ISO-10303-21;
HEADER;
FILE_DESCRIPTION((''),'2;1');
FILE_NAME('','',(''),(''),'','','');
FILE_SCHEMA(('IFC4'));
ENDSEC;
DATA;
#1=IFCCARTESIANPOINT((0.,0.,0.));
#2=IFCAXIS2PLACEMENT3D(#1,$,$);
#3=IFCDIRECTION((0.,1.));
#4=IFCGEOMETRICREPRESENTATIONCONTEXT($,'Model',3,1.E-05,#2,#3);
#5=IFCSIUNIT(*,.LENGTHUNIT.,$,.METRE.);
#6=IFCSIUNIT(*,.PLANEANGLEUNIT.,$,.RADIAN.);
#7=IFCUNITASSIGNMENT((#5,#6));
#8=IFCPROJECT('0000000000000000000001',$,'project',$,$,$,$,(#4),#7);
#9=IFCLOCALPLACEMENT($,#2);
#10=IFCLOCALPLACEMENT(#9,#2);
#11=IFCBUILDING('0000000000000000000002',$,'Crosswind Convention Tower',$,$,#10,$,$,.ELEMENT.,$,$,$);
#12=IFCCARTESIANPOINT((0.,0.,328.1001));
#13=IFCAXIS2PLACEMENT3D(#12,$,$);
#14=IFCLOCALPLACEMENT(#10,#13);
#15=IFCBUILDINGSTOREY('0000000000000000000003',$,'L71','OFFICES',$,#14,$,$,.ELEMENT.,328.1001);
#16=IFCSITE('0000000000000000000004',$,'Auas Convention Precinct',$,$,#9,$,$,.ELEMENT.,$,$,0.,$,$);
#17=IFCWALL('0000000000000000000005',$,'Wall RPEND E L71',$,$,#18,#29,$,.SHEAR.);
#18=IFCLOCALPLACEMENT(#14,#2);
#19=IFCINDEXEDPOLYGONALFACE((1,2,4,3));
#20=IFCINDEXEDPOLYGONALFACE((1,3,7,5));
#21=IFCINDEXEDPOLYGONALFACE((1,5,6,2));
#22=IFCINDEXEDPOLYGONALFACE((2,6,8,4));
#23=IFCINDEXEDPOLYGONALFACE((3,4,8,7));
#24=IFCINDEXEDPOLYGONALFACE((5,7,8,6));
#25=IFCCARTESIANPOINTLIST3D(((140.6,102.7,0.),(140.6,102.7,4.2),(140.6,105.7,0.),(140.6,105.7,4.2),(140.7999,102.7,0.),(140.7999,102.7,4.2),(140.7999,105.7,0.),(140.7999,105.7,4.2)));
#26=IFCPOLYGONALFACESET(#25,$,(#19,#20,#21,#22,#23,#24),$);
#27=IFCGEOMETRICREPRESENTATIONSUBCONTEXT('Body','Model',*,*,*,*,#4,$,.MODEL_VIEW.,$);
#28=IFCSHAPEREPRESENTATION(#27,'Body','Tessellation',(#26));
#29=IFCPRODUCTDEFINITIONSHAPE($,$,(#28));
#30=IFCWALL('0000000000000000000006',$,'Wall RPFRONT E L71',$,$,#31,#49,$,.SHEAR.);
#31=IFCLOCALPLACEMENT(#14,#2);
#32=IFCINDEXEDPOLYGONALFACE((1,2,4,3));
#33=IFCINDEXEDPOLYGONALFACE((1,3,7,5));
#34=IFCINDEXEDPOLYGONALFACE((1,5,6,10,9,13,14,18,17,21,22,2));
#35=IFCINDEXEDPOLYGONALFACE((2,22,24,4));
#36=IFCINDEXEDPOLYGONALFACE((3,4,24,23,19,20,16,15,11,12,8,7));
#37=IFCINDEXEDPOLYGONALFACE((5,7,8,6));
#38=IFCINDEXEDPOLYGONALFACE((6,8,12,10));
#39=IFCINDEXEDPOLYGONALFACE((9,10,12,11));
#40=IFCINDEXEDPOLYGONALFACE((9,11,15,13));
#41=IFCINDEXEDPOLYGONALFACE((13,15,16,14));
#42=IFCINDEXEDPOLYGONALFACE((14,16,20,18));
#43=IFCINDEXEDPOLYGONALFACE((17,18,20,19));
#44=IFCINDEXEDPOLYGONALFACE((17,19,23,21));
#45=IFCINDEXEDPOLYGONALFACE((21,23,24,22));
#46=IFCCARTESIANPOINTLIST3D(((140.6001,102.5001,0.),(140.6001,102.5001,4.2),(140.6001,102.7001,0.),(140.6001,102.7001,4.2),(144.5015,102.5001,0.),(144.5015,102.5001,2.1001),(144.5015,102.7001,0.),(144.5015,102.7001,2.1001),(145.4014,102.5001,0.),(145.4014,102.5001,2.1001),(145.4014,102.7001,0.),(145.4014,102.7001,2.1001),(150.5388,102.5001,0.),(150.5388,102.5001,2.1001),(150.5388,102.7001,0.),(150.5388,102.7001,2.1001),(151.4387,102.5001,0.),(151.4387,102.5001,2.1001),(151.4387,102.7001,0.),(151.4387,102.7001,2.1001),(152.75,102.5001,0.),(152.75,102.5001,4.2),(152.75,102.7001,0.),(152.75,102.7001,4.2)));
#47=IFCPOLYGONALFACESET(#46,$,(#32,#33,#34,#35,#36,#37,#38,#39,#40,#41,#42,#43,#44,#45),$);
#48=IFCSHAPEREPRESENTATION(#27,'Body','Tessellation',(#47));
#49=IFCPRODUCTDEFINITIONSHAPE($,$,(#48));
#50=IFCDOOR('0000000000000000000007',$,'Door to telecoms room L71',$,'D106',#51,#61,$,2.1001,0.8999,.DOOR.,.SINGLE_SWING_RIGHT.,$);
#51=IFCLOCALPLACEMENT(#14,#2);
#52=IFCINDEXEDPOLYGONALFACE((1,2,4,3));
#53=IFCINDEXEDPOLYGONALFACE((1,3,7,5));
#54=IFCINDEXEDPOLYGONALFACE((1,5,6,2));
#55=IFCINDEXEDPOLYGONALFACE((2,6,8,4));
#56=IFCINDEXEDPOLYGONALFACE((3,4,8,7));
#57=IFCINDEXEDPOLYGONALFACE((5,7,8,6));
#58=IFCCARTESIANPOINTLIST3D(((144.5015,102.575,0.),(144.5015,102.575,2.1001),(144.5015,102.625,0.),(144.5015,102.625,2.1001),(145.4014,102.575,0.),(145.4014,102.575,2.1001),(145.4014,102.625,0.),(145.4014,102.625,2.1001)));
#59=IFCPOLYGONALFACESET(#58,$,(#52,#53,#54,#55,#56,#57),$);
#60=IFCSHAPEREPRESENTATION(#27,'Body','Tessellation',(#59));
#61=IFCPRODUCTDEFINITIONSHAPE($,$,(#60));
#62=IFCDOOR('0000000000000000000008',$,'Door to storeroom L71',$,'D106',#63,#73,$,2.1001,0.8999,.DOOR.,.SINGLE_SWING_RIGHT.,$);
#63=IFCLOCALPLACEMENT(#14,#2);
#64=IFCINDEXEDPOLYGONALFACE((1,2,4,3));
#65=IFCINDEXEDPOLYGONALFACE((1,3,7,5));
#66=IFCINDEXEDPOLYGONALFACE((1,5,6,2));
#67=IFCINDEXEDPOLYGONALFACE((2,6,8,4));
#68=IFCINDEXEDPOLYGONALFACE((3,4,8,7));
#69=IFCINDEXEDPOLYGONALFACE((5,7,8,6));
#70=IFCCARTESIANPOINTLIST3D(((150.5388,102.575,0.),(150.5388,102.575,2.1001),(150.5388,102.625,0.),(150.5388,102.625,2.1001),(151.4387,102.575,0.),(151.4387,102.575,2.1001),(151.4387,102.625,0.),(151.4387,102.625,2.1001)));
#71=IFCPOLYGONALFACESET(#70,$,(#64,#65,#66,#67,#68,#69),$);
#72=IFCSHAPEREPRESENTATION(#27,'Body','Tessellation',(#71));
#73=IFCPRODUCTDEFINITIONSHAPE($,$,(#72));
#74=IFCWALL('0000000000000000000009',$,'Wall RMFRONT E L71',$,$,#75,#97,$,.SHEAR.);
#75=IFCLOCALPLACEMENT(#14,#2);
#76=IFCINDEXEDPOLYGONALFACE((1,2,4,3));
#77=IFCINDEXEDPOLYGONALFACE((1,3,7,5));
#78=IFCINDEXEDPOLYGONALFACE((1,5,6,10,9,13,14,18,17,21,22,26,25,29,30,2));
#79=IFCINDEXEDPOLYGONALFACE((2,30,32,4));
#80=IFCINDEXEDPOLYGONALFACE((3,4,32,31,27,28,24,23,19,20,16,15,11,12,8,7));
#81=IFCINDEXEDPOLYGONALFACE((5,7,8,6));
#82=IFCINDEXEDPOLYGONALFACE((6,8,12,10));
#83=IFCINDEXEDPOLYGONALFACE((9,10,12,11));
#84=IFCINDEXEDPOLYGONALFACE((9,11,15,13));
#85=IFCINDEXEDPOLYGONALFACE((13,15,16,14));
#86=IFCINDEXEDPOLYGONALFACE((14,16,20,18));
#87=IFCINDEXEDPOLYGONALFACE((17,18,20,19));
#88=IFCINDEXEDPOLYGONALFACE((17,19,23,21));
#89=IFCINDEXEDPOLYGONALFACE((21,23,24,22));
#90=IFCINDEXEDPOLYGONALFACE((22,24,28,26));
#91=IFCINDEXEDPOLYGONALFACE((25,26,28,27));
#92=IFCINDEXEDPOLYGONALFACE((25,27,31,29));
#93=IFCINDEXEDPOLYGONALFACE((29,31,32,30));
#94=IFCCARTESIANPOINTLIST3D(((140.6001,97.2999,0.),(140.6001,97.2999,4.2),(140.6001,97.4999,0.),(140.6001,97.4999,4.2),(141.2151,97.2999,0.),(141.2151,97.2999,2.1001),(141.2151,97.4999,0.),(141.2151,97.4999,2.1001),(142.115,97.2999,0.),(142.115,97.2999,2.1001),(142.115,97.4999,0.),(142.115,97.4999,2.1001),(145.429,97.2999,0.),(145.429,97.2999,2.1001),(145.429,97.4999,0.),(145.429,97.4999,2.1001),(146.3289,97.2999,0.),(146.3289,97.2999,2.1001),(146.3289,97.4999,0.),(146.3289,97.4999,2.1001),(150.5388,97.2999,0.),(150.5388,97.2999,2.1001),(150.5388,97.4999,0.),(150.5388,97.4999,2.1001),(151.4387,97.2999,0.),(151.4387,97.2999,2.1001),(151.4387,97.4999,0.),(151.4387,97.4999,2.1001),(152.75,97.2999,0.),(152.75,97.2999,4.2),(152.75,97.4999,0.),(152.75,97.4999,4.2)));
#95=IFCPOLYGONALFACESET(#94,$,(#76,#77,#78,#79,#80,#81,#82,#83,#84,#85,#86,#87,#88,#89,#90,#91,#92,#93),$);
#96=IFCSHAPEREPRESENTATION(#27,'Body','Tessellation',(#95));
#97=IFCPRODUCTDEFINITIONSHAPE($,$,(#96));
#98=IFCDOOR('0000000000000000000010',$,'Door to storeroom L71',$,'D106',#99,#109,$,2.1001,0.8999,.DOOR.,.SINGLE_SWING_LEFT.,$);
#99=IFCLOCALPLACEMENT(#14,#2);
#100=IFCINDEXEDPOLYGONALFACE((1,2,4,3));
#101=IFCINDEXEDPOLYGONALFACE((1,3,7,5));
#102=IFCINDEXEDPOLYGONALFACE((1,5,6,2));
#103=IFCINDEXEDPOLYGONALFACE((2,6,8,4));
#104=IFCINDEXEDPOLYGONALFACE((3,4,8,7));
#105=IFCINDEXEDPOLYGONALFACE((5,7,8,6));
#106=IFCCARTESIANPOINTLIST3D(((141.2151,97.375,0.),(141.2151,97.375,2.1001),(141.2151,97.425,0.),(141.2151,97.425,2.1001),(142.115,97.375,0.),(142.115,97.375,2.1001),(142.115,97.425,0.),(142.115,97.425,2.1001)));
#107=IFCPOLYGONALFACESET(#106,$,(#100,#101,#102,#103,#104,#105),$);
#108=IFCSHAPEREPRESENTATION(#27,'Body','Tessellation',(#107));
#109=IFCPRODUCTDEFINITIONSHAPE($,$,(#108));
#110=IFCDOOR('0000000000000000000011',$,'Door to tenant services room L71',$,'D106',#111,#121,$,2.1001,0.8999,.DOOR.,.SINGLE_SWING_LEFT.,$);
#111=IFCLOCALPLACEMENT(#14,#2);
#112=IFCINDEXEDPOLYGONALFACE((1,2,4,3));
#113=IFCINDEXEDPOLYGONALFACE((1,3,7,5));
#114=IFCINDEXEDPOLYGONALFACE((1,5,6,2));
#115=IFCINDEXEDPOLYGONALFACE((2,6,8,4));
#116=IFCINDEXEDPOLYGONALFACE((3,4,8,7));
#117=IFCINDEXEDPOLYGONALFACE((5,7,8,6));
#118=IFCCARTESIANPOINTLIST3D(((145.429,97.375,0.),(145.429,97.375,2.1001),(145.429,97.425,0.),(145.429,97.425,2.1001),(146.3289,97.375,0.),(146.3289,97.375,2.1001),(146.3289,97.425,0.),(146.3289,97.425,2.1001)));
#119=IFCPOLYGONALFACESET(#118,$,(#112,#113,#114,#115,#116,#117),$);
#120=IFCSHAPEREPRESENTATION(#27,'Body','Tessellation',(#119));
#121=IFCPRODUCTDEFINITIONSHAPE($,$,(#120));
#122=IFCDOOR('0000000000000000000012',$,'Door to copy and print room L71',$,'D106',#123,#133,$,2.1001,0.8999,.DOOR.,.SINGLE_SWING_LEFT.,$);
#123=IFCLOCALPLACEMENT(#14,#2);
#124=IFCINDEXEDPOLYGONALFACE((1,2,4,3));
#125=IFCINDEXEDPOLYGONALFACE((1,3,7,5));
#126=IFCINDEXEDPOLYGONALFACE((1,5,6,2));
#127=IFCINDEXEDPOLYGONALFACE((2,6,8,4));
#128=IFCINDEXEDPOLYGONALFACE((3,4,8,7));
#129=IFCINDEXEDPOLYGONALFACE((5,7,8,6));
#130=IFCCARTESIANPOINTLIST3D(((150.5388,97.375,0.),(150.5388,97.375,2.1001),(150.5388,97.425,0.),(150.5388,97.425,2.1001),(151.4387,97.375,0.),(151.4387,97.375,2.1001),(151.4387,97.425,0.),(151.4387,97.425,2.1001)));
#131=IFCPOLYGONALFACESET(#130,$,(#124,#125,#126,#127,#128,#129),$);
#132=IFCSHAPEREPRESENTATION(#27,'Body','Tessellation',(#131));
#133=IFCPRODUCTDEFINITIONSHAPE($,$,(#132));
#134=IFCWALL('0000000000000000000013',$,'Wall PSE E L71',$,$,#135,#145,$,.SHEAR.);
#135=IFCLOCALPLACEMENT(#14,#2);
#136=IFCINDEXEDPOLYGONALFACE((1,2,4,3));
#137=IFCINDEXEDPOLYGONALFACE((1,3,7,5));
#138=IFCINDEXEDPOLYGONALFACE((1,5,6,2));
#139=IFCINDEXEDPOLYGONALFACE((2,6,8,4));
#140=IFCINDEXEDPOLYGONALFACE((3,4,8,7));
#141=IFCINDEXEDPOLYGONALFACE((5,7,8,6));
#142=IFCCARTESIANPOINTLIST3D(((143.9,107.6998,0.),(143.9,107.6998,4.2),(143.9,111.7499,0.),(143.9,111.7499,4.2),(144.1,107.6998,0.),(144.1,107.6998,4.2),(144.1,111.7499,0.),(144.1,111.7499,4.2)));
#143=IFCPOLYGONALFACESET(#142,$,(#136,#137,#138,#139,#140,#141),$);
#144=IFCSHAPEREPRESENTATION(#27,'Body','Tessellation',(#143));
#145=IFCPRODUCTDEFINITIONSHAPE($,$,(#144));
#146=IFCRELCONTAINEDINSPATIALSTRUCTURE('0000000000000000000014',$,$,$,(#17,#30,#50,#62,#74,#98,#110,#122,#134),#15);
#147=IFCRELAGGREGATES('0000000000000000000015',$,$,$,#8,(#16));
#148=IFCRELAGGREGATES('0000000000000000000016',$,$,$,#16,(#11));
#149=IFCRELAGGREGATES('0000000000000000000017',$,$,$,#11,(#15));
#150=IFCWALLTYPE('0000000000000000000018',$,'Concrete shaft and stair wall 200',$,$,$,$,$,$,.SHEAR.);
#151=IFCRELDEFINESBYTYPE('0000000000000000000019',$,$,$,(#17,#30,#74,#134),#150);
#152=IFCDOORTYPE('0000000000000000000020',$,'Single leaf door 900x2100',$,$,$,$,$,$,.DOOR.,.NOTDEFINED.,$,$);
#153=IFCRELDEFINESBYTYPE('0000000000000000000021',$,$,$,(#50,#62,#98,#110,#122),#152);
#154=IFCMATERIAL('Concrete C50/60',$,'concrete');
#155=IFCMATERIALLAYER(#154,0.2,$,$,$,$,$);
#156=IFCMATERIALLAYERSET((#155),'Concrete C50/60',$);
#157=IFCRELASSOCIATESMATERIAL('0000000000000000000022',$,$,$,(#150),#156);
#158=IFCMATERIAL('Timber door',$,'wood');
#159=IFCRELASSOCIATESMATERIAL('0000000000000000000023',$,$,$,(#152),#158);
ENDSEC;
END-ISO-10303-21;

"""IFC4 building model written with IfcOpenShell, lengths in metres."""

from ifc_helpers import new_model, si_unit, direction, frame, frame_2d, origin, place, context, subcontext, project, spatial, rectangle, extrude, material, layer, layer_set, type_object, element, fill, save


model = new_model("IFC4")

# Units and contexts
model_context = context("Model", 3, precision=1e-05, world=origin(), true_north=direction((0.0, 1.0)))
body_context = subcontext(model_context, "Body", "Model", "MODEL_VIEW")
ifc_project = project(units=[si_unit("LENGTHUNIT", "METRE"), si_unit("PLANEANGLEUNIT", "RADIAN")], contexts=[model_context])

# Site, building, storey
site_placement = place(None, origin())
site = spatial("IfcSite", under=ifc_project, at=site_placement, Name="Auas Convention Precinct", CompositionType="ELEMENT", RefElevation=0.0)
building_placement = place(site_placement, origin())
building = spatial("IfcBuilding", under=site, at=building_placement, Name="Crosswind Convention Tower", CompositionType="ELEMENT")
storey_placement = place(building_placement, frame((0.0, 0.0, 328.1001)))
storey = spatial("IfcBuildingStorey", under=building, at=storey_placement, Name="L71", Description="OFFICES", CompositionType="ELEMENT", Elevation=328.1001)

# Wall
ifc_material_1 = material(Name="Concrete C50/60", Category="concrete")
ifc_layer_1 = layer(ifc_material_1, 0.2)
ifc_layer_set_1 = layer_set([ifc_layer_1], Name="Concrete C50/60")
wall_type_1 = type_object("IfcWallType", Name="Concrete shaft and stair wall 200", PredefinedType="SHEAR", material=ifc_layer_set_1)
wall_1_placement = place(storey_placement, frame((140.7, 102.7, 0.0), z_axis=(0.0, 0.0, 1.0), x_axis=(0.0, 1.0, 0.0)))
element("IfcWall", 1, at=wall_1_placement, inside=storey, type_object=wall_type_1, Name="Wall RPEND E L71", PredefinedType="SHEAR", context=body_context, shape_type="SweptSolid", body=[
    extrude(rectangle(XDim=3.0, YDim=0.2, at=frame_2d((1.5, 0.0))), origin(), (0.0, 0.0, 1.0), 4.2),
])

# Walls, openings, doors
wall_2_placement = place(storey_placement, frame((140.6001, 102.6001, 0.0), z_axis=(0.0, 0.0, 1.0), x_axis=(1.0, 0.0, 0.0)))
wall_2 = element("IfcWall", 2, at=wall_2_placement, inside=storey, type_object=wall_type_1, Name="Wall RPFRONT E L71", PredefinedType="SHEAR", context=body_context, shape_type="SweptSolid", body=[
    extrude(rectangle(XDim=12.1499, YDim=0.2, at=frame_2d((6.075, 0.0))), origin(), (0.0, 0.0, 1.0), 4.2),
])
opening_1_placement = place(wall_2_placement, frame((3.9014, 0.0, 0.0)))
opening_1 = element("IfcOpeningElement", 3, at=opening_1_placement, cuts=wall_2, PredefinedType="OPENING", context=body_context, shape_type="SweptSolid", body=[
    extrude(rectangle(XDim=0.8999, YDim=2.1001, at=frame_2d((0.45, 1.05))), frame((0.0, 0.1099, 0.0), z_axis=(0.0, -1.0, 0.0), x_axis=(1.0, 0.0, 0.0)), (0.0, 0.0, 1.0), 0.22),
])
opening_2_placement = place(wall_2_placement, frame((9.9387, 0.0, 0.0)))
opening_2 = element("IfcOpeningElement", 4, at=opening_2_placement, cuts=wall_2, PredefinedType="OPENING", context=body_context, shape_type="SweptSolid", body=[
    extrude(rectangle(XDim=0.8999, YDim=2.1001, at=frame_2d((0.45, 1.05))), frame((0.0, 0.1099, 0.0), z_axis=(0.0, -1.0, 0.0), x_axis=(1.0, 0.0, 0.0)), (0.0, 0.0, 1.0), 0.22),
])
ifc_material_2 = material(Name="Timber door", Category="wood")
door_type_1 = type_object("IfcDoorType", Name="Single leaf door 900x2100", OperationType="NOTDEFINED", PredefinedType="DOOR", material=ifc_material_2)
door_1_placement = place(opening_1_placement, origin())
door_1 = element("IfcDoor", 5, at=door_1_placement, inside=storey, type_object=door_type_1, Name="Door to telecoms room L71", ObjectType="D106", OperationType="SINGLE_SWING_RIGHT", OverallHeight=2.1001, OverallWidth=0.8999, PredefinedType="DOOR", context=body_context, shape_type="SweptSolid", body=[
    extrude(rectangle(XDim=0.8999, YDim=2.1001, at=frame_2d((0.45, 1.05))), frame((0.0, 0.0249, 0.0), z_axis=(0.0, -1.0, 0.0), x_axis=(1.0, 0.0, 0.0)), (0.0, 0.0, 1.0), 0.05),
])
fill(opening_1, door_1)
door_2_placement = place(opening_2_placement, origin())
door_2 = element("IfcDoor", 6, at=door_2_placement, inside=storey, type_object=door_type_1, Name="Door to storeroom L71", ObjectType="D106", OperationType="SINGLE_SWING_RIGHT", OverallHeight=2.1001, OverallWidth=0.8999, PredefinedType="DOOR", context=body_context, shape_type="SweptSolid", body=[
    extrude(rectangle(XDim=0.8999, YDim=2.1001, at=frame_2d((0.45, 1.05))), frame((0.0, 0.0249, 0.0), z_axis=(0.0, -1.0, 0.0), x_axis=(1.0, 0.0, 0.0)), (0.0, 0.0, 1.0), 0.05),
])
fill(opening_2, door_2)
wall_3_placement = place(storey_placement, frame((140.6001, 97.3999, 0.0), z_axis=(0.0, 0.0, 1.0), x_axis=(1.0, 0.0, 0.0)))
wall_3 = element("IfcWall", 7, at=wall_3_placement, inside=storey, type_object=wall_type_1, Name="Wall RMFRONT E L71", PredefinedType="SHEAR", context=body_context, shape_type="SweptSolid", body=[
    extrude(rectangle(XDim=12.1499, YDim=0.2, at=frame_2d((6.075, 0.0))), origin(), (0.0, 0.0, 1.0), 4.2),
])
opening_3_placement = place(wall_3_placement, frame((0.615, 0.0, 0.0)))
opening_3 = element("IfcOpeningElement", 8, at=opening_3_placement, cuts=wall_3, PredefinedType="OPENING", context=body_context, shape_type="SweptSolid", body=[
    extrude(rectangle(XDim=0.8999, YDim=2.1001, at=frame_2d((0.45, 1.05))), frame((0.0, 0.1099, 0.0), z_axis=(0.0, -1.0, 0.0), x_axis=(1.0, 0.0, 0.0)), (0.0, 0.0, 1.0), 0.22),
])
opening_4_placement = place(wall_3_placement, frame((4.8289, 0.0, 0.0)))
opening_4 = element("IfcOpeningElement", 9, at=opening_4_placement, cuts=wall_3, PredefinedType="OPENING", context=body_context, shape_type="SweptSolid", body=[
    extrude(rectangle(XDim=0.8999, YDim=2.1001, at=frame_2d((0.45, 1.05))), frame((0.0, 0.1099, 0.0), z_axis=(0.0, -1.0, 0.0), x_axis=(1.0, 0.0, 0.0)), (0.0, 0.0, 1.0), 0.22),
])
opening_5_placement = place(wall_3_placement, frame((9.9387, 0.0, 0.0)))
opening_5 = element("IfcOpeningElement", 10, at=opening_5_placement, cuts=wall_3, PredefinedType="OPENING", context=body_context, shape_type="SweptSolid", body=[
    extrude(rectangle(XDim=0.8999, YDim=2.1001, at=frame_2d((0.45, 1.05))), frame((0.0, 0.1099, 0.0), z_axis=(0.0, -1.0, 0.0), x_axis=(1.0, 0.0, 0.0)), (0.0, 0.0, 1.0), 0.22),
])
door_3_placement = place(opening_3_placement, frame((0.8999, 0.0, 0.0), z_axis=(0.0, 0.0, 1.0), x_axis=(-1.0, 0.0, 0.0)))
door_3 = element("IfcDoor", 11, at=door_3_placement, inside=storey, type_object=door_type_1, Name="Door to storeroom L71", ObjectType="D106", OperationType="SINGLE_SWING_LEFT", OverallHeight=2.1001, OverallWidth=0.8999, PredefinedType="DOOR", context=body_context, shape_type="SweptSolid", body=[
    extrude(rectangle(XDim=0.8999, YDim=2.1001, at=frame_2d((0.45, 1.05))), frame((0.0, 0.0249, 0.0), z_axis=(0.0, -1.0, 0.0), x_axis=(1.0, 0.0, 0.0)), (0.0, 0.0, 1.0), 0.05),
])
fill(opening_3, door_3)
door_4_placement = place(opening_4_placement, frame((0.8999, 0.0, 0.0), z_axis=(0.0, 0.0, 1.0), x_axis=(-1.0, 0.0, 0.0)))
door_4 = element("IfcDoor", 12, at=door_4_placement, inside=storey, type_object=door_type_1, Name="Door to tenant services room L71", ObjectType="D106", OperationType="SINGLE_SWING_LEFT", OverallHeight=2.1001, OverallWidth=0.8999, PredefinedType="DOOR", context=body_context, shape_type="SweptSolid", body=[
    extrude(rectangle(XDim=0.8999, YDim=2.1001, at=frame_2d((0.45, 1.05))), frame((0.0, 0.0249, 0.0), z_axis=(0.0, -1.0, 0.0), x_axis=(1.0, 0.0, 0.0)), (0.0, 0.0, 1.0), 0.05),
])
fill(opening_4, door_4)
door_5_placement = place(opening_5_placement, frame((0.8999, 0.0, 0.0), z_axis=(0.0, 0.0, 1.0), x_axis=(-1.0, 0.0, 0.0)))
door_5 = element("IfcDoor", 13, at=door_5_placement, inside=storey, type_object=door_type_1, Name="Door to copy and print room L71", ObjectType="D106", OperationType="SINGLE_SWING_LEFT", OverallHeight=2.1001, OverallWidth=0.8999, PredefinedType="DOOR", context=body_context, shape_type="SweptSolid", body=[
    extrude(rectangle(XDim=0.8999, YDim=2.1001, at=frame_2d((0.45, 1.05))), frame((0.0, 0.0249, 0.0), z_axis=(0.0, -1.0, 0.0), x_axis=(1.0, 0.0, 0.0)), (0.0, 0.0, 1.0), 0.05),
])
fill(opening_5, door_5)

# Wall
wall_4_placement = place(storey_placement, frame((144.0, 107.7, 0.0), z_axis=(0.0, 0.0, 1.0), x_axis=(0.0, 1.0, 0.0)))
element("IfcWall", 14, at=wall_4_placement, inside=storey, type_object=wall_type_1, Name="Wall PSE E L71", PredefinedType="SHEAR", context=body_context, shape_type="SweptSolid", body=[
    extrude(rectangle(XDim=4.05, YDim=0.2, at=frame_2d((2.0249, 0.0))), origin(), (0.0, 0.0, 1.0), 4.2),
])

save(model, "model.ifc")
